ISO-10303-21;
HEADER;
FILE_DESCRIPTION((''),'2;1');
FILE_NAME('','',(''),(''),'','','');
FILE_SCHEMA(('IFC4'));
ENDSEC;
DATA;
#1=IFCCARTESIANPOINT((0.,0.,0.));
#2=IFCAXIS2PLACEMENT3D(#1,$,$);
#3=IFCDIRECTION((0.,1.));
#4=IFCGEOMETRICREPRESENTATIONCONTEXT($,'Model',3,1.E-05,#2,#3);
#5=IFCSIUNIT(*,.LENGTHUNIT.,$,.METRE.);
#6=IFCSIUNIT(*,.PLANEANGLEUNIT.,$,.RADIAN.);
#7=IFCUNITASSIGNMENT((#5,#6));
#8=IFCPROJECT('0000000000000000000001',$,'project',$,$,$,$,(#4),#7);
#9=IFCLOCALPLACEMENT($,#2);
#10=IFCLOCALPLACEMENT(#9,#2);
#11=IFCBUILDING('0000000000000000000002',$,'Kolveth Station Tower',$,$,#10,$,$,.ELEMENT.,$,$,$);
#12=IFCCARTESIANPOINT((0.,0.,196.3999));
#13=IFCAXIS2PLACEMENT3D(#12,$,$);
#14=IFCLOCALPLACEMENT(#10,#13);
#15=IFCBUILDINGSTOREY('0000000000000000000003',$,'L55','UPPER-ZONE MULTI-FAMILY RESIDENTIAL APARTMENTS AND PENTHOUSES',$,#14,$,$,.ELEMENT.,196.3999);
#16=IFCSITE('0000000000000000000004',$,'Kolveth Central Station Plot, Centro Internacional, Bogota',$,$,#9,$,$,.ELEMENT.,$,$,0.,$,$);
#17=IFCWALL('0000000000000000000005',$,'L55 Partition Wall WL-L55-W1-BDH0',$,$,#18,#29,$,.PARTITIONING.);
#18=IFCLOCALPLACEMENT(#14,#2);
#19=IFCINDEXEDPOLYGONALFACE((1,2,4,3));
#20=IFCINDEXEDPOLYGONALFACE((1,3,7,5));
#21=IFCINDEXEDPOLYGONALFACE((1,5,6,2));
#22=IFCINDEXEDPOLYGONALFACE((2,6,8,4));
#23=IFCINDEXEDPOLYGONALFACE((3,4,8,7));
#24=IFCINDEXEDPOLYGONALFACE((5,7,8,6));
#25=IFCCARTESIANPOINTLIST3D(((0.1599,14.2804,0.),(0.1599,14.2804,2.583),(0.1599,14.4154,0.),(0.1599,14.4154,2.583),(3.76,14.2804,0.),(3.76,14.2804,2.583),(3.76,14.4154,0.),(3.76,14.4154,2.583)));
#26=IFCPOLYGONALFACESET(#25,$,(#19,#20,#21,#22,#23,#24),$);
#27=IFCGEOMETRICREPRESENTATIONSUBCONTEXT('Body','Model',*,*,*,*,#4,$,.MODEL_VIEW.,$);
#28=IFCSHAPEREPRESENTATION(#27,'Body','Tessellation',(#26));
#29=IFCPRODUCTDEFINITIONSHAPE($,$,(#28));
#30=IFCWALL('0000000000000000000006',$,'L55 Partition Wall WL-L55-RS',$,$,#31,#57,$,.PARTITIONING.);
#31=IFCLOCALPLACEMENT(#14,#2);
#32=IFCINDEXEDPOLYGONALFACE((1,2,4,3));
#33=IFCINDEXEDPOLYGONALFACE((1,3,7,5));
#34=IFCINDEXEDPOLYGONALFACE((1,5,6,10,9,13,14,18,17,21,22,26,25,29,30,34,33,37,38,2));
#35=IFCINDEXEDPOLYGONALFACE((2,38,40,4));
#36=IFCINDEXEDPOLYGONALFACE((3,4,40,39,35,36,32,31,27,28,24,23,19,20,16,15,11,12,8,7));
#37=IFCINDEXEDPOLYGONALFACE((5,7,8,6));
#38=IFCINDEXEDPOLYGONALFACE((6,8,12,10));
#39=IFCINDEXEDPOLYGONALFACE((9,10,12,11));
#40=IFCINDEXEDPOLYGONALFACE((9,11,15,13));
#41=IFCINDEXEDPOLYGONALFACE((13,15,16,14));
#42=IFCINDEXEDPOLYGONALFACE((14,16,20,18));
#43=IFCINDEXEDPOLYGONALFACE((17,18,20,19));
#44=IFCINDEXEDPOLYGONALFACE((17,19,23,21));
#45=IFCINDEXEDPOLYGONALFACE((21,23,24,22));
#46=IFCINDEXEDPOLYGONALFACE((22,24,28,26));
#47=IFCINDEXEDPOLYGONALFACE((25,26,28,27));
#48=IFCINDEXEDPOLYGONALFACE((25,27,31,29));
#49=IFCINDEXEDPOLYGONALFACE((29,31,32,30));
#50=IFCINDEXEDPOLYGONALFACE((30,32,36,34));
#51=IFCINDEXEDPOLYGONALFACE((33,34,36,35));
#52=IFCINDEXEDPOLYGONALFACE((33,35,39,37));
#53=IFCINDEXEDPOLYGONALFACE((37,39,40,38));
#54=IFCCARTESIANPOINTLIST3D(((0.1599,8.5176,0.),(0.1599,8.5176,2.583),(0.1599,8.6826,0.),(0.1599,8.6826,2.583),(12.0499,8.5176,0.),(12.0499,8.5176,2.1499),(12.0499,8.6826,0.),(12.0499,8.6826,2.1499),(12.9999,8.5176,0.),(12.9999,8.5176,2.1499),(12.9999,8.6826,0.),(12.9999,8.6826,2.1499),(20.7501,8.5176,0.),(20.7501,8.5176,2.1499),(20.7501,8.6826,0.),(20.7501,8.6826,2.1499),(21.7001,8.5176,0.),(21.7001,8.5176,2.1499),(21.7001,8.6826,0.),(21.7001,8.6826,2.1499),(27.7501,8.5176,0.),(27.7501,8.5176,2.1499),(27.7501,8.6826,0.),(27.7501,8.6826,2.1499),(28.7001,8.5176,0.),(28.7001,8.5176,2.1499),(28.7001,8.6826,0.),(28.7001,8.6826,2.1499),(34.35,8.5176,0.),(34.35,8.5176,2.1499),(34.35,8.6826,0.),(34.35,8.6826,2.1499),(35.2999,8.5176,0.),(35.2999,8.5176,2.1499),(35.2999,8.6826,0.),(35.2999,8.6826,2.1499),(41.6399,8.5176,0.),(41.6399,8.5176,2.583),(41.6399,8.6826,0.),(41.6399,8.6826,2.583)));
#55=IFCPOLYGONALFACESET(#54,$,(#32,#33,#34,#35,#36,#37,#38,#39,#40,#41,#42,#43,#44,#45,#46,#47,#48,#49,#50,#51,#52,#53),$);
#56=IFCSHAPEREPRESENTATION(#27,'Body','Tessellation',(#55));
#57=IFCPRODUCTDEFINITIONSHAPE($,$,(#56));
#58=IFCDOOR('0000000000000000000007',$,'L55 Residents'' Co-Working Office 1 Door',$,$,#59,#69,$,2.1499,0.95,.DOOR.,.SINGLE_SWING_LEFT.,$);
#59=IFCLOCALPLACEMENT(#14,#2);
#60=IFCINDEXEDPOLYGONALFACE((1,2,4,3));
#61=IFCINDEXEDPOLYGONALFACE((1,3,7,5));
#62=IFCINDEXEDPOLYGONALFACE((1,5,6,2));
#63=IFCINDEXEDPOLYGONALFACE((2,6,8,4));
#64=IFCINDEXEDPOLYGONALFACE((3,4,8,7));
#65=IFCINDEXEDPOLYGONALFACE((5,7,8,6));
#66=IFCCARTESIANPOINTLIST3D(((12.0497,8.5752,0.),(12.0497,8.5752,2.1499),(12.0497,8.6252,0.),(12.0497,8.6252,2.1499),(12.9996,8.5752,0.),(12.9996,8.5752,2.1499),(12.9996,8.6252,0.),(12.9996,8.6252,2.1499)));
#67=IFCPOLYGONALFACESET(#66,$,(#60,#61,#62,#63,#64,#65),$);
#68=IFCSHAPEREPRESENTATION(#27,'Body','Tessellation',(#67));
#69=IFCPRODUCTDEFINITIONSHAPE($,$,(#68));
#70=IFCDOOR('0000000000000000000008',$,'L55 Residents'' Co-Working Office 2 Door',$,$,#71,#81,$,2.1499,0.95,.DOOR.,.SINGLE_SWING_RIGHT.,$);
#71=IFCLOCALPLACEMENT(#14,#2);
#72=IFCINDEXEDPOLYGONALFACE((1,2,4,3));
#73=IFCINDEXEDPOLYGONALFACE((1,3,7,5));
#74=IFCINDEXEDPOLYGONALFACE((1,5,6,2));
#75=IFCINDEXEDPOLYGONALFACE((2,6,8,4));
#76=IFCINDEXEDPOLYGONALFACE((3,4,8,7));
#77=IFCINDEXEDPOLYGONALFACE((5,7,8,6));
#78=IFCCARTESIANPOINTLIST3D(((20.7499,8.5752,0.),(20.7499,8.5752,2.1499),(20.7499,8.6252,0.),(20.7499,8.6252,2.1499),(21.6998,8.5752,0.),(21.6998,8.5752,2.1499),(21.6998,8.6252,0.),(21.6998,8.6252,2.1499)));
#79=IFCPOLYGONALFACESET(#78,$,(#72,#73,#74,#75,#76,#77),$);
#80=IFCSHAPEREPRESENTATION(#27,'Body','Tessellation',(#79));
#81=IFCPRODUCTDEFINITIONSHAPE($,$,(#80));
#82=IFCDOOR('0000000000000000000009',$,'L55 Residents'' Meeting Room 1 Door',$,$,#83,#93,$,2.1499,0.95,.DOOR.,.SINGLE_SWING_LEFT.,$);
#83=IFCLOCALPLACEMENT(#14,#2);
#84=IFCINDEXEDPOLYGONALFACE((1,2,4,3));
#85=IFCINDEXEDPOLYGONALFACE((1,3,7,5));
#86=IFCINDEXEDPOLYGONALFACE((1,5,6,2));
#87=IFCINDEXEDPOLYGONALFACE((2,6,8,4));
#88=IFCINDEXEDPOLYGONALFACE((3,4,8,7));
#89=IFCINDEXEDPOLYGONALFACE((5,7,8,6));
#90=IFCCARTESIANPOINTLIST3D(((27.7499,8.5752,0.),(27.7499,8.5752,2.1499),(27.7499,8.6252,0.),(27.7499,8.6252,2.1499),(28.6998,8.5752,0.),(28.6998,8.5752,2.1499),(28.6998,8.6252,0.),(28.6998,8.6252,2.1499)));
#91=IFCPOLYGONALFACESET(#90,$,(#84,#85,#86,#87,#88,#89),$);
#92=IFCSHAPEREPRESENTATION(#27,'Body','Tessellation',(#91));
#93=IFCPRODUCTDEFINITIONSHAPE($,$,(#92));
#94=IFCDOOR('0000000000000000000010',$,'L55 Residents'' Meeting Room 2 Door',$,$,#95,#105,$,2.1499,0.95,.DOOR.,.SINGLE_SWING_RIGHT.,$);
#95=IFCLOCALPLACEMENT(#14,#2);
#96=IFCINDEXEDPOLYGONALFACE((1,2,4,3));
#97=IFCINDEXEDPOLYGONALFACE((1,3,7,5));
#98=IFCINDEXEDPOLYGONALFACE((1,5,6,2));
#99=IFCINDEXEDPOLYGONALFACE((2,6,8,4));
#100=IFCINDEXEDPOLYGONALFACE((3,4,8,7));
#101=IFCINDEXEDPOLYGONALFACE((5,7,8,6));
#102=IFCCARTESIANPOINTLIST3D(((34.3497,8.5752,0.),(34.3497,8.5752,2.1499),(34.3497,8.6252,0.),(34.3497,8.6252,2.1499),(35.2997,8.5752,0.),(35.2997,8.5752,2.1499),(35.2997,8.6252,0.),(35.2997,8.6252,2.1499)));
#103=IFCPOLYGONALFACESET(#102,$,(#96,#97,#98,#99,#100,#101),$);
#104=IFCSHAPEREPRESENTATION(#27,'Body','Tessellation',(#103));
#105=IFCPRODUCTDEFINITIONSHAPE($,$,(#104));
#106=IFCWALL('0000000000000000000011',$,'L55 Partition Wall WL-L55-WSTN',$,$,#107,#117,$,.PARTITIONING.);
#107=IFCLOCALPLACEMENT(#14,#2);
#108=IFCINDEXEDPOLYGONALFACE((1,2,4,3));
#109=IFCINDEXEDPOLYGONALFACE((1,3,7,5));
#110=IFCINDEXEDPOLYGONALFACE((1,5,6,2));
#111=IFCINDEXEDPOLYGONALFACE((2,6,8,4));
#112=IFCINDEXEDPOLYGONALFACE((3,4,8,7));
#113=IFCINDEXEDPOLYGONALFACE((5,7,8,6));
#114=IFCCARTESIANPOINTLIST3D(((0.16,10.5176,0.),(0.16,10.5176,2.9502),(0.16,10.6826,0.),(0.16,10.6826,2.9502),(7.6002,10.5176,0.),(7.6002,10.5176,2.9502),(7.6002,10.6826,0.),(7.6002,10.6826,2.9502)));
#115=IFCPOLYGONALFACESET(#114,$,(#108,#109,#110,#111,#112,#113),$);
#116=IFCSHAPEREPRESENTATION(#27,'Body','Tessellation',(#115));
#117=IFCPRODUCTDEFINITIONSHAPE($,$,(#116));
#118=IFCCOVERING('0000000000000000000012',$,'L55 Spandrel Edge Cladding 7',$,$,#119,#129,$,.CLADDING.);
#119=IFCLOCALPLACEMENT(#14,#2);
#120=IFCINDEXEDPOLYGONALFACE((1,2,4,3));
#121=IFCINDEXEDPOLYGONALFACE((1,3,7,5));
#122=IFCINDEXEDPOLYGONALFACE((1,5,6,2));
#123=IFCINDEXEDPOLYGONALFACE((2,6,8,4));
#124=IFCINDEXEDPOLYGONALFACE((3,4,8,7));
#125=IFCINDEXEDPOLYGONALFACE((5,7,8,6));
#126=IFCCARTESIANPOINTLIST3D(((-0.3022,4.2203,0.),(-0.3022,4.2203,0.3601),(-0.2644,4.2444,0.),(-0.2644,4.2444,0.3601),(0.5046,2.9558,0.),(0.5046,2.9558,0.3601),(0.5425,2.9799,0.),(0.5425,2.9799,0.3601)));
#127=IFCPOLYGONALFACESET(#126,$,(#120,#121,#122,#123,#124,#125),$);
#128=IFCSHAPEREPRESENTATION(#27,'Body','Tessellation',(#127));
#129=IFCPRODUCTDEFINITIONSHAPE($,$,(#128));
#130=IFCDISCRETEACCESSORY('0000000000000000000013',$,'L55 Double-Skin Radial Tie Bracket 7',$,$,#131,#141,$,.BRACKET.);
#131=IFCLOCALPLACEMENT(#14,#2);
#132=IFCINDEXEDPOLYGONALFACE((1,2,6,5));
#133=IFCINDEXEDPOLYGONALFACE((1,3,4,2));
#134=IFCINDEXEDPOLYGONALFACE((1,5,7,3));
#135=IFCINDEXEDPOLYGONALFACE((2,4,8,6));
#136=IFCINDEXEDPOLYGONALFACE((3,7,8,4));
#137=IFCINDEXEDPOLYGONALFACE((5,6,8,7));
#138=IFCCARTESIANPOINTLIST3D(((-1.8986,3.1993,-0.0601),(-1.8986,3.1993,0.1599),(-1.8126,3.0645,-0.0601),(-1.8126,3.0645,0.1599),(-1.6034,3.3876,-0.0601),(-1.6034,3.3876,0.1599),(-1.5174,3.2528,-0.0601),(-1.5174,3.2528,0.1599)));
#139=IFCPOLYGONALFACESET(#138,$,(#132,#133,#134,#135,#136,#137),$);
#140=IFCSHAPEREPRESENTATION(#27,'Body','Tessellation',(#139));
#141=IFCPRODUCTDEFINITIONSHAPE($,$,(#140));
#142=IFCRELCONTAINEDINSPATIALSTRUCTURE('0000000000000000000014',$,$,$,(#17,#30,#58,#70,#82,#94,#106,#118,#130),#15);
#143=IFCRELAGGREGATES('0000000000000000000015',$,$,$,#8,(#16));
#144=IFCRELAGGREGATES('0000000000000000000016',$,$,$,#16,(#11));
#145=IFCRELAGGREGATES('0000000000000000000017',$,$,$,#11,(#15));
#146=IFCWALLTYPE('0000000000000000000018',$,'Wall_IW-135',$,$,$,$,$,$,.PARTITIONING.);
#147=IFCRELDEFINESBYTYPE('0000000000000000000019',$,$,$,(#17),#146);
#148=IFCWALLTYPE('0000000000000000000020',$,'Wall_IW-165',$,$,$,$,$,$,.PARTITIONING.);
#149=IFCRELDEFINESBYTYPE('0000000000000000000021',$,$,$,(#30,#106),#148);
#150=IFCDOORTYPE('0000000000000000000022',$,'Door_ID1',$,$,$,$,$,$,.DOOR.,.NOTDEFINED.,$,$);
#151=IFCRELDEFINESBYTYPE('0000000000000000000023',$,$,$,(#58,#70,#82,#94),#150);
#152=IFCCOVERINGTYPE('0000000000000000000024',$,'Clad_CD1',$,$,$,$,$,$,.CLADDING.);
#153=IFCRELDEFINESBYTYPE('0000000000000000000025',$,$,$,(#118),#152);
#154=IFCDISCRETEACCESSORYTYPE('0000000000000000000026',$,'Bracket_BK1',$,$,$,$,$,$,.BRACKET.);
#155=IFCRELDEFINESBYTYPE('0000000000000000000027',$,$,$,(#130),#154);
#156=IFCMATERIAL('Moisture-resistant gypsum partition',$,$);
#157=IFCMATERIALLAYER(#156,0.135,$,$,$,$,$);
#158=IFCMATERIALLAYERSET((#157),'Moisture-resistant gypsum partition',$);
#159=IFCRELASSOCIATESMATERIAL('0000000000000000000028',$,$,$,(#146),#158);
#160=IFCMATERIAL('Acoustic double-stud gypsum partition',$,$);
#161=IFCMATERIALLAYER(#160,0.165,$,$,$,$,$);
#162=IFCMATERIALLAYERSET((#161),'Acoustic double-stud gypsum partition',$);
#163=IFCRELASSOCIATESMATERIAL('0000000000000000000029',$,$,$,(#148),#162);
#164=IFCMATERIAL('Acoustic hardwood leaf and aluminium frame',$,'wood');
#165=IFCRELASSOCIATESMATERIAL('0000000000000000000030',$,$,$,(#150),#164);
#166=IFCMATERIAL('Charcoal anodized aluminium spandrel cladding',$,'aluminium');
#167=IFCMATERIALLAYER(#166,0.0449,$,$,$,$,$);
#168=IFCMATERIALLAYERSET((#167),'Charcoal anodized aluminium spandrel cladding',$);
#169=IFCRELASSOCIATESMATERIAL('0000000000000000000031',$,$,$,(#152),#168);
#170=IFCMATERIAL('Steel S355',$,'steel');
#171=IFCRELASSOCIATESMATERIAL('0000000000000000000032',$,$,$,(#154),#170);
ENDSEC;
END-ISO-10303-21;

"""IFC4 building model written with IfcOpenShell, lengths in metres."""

from ifc_helpers import new_model, si_unit, direction, frame, frame_2d, origin, origin_2d, place, context, subcontext, project, spatial, rectangle, extrude, source, transform, mapped, material, layer, layer_set, type_object, element, fill, save


model = new_model("IFC4")

# Units and contexts
model_context = context("Model", 3, precision=1e-05, world=origin(), true_north=direction((0.0, 1.0)))
body_context = subcontext(model_context, "Body", "Model", "MODEL_VIEW")
ifc_project = project(units=[si_unit("LENGTHUNIT", "METRE"), si_unit("PLANEANGLEUNIT", "RADIAN")], contexts=[model_context])

# Site, building, storey
site_placement = place(None, origin())
site = spatial("IfcSite", under=ifc_project, at=site_placement, Name="Kolveth Central Station Plot, Centro Internacional, Bogota", CompositionType="ELEMENT", RefElevation=0.0)
building_placement = place(site_placement, origin())
building = spatial("IfcBuilding", under=site, at=building_placement, Name="Kolveth Station Tower", CompositionType="ELEMENT")
storey_placement = place(building_placement, frame((0.0, 0.0, 196.3999)))
storey = spatial("IfcBuildingStorey", under=building, at=storey_placement, Name="L55", Description="UPPER-ZONE MULTI-FAMILY RESIDENTIAL APARTMENTS AND PENTHOUSES", CompositionType="ELEMENT", Elevation=196.3999)

# Shared definitions
ifc_material_1 = material(Name="Steel S355", Category="steel")

# Wall
ifc_material_2 = material(Name="Moisture-resistant gypsum partition")
ifc_layer_1 = layer(ifc_material_2, 0.135)
ifc_layer_set_1 = layer_set([ifc_layer_1], Name="Moisture-resistant gypsum partition")
wall_type_1 = type_object("IfcWallType", Name="Wall_IW-135", PredefinedType="PARTITIONING", material=ifc_layer_set_1)
wall_1_placement = place(storey_placement, frame((0.1599, 14.3479, 0.0), z_axis=(0.0, 0.0, 1.0), x_axis=(1.0, 0.0, 0.0)))
element("IfcWall", 1, at=wall_1_placement, inside=storey, type_object=wall_type_1, Name="L55 Partition Wall WL-L55-W1-BDH0", PredefinedType="PARTITIONING", context=body_context, shape_type="SweptSolid", body=[
    extrude(rectangle(XDim=3.6001, YDim=0.135, at=frame_2d((1.8, 0.0))), origin(), (0.0, 0.0, 1.0), 2.583),
])

# Wall, openings, doors
ifc_material_3 = material(Name="Acoustic double-stud gypsum partition")
ifc_layer_2 = layer(ifc_material_3, 0.165)
ifc_layer_set_2 = layer_set([ifc_layer_2], Name="Acoustic double-stud gypsum partition")
wall_type_2 = type_object("IfcWallType", Name="Wall_IW-165", PredefinedType="PARTITIONING", material=ifc_layer_set_2)
wall_2_placement = place(storey_placement, frame((0.1599, 8.6001, 0.0), z_axis=(0.0, 0.0, 1.0), x_axis=(1.0, 0.0, 0.0)))
wall_2 = element("IfcWall", 2, at=wall_2_placement, inside=storey, type_object=wall_type_2, Name="L55 Partition Wall WL-L55-RS", PredefinedType="PARTITIONING", context=body_context, shape_type="SweptSolid", body=[
    extrude(rectangle(XDim=41.48, YDim=0.165, at=frame_2d((20.74, 0.0))), origin(), (0.0, 0.0, 1.0), 2.583),
])
opening_1_placement = place(wall_2_placement, frame((11.8899, 0.0, 0.0)))
opening_1 = element("IfcOpeningElement", 3, at=opening_1_placement, cuts=wall_2, PredefinedType="OPENING", context=body_context, shape_type="SweptSolid", body=[
    extrude(rectangle(XDim=0.95, YDim=2.1499, at=frame_2d((0.4751, 1.075))), frame((0.0, 0.0925, 0.0), z_axis=(0.0, -1.0, 0.0), x_axis=(1.0, 0.0, 0.0)), (0.0, 0.0, 1.0), 0.1851),
])
opening_2_placement = place(wall_2_placement, frame((20.5901, 0.0, 0.0)))
opening_2 = element("IfcOpeningElement", 4, at=opening_2_placement, cuts=wall_2, PredefinedType="OPENING", context=body_context, shape_type="SweptSolid", body=[
    extrude(rectangle(XDim=0.95, YDim=2.1499, at=frame_2d((0.4751, 1.075))), frame((0.0, 0.0925, 0.0), z_axis=(0.0, -1.0, 0.0), x_axis=(1.0, 0.0, 0.0)), (0.0, 0.0, 1.0), 0.1851),
])
opening_3_placement = place(wall_2_placement, frame((27.5901, 0.0, 0.0)))
opening_3 = element("IfcOpeningElement", 5, at=opening_3_placement, cuts=wall_2, PredefinedType="OPENING", context=body_context, shape_type="SweptSolid", body=[
    extrude(rectangle(XDim=0.95, YDim=2.1499, at=frame_2d((0.4751, 1.075))), frame((0.0, 0.0925, 0.0), z_axis=(0.0, -1.0, 0.0), x_axis=(1.0, 0.0, 0.0)), (0.0, 0.0, 1.0), 0.1851),
])
opening_4_placement = place(wall_2_placement, frame((34.1899, 0.0, 0.0)))
opening_4 = element("IfcOpeningElement", 6, at=opening_4_placement, cuts=wall_2, PredefinedType="OPENING", context=body_context, shape_type="SweptSolid", body=[
    extrude(rectangle(XDim=0.95, YDim=2.1499, at=frame_2d((0.4751, 1.075))), frame((0.0, 0.0925, 0.0), z_axis=(0.0, -1.0, 0.0), x_axis=(1.0, 0.0, 0.0)), (0.0, 0.0, 1.0), 0.1851),
])
ifc_material_4 = material(Name="Acoustic hardwood leaf and aluminium frame", Category="wood")
door_type = type_object("IfcDoorType", Name="Door_ID1", OperationType="NOTDEFINED", PredefinedType="DOOR", material=ifc_material_4)
door_1_placement = place(opening_1_placement, frame((0.95, 0.0, 0.0), z_axis=(0.0, 0.0, 1.0), x_axis=(-1.0, 0.0, 0.0)))
door_1 = element("IfcDoor", 7, at=door_1_placement, inside=storey, type_object=door_type, Name="L55 Residents' Co-Working Office 1 Door", OperationType="SINGLE_SWING_LEFT", OverallHeight=2.1499, OverallWidth=0.95, PredefinedType="DOOR", context=body_context, shape_type="SweptSolid", body=[
    extrude(rectangle(XDim=0.95, YDim=2.1499, at=frame_2d((0.4751, 1.075))), frame((0.0, 0.0249, 0.0), z_axis=(0.0, -1.0, 0.0), x_axis=(1.0, 0.0, 0.0)), (0.0, 0.0, 1.0), 0.05),
])
fill(opening_1, door_1)
door_2_placement = place(opening_2_placement, frame((0.95, 0.0, 0.0), z_axis=(0.0, 0.0, 1.0), x_axis=(-1.0, 0.0, 0.0)))
door_2 = element("IfcDoor", 8, at=door_2_placement, inside=storey, type_object=door_type, Name="L55 Residents' Co-Working Office 2 Door", OperationType="SINGLE_SWING_RIGHT", OverallHeight=2.1499, OverallWidth=0.95, PredefinedType="DOOR", context=body_context, shape_type="SweptSolid", body=[
    extrude(rectangle(XDim=0.95, YDim=2.1499, at=frame_2d((0.4751, 1.075))), frame((0.0, 0.0249, 0.0), z_axis=(0.0, -1.0, 0.0), x_axis=(1.0, 0.0, 0.0)), (0.0, 0.0, 1.0), 0.05),
])
fill(opening_2, door_2)
door_3_placement = place(opening_3_placement, frame((0.95, 0.0, 0.0), z_axis=(0.0, 0.0, 1.0), x_axis=(-1.0, 0.0, 0.0)))
door_3 = element("IfcDoor", 9, at=door_3_placement, inside=storey, type_object=door_type, Name="L55 Residents' Meeting Room 1 Door", OperationType="SINGLE_SWING_LEFT", OverallHeight=2.1499, OverallWidth=0.95, PredefinedType="DOOR", context=body_context, shape_type="SweptSolid", body=[
    extrude(rectangle(XDim=0.95, YDim=2.1499, at=frame_2d((0.4751, 1.075))), frame((0.0, 0.0249, 0.0), z_axis=(0.0, -1.0, 0.0), x_axis=(1.0, 0.0, 0.0)), (0.0, 0.0, 1.0), 0.05),
])
fill(opening_3, door_3)
door_4_placement = place(opening_4_placement, frame((0.95, 0.0, 0.0), z_axis=(0.0, 0.0, 1.0), x_axis=(-1.0, 0.0, 0.0)))
door_4 = element("IfcDoor", 10, at=door_4_placement, inside=storey, type_object=door_type, Name="L55 Residents' Meeting Room 2 Door", OperationType="SINGLE_SWING_RIGHT", OverallHeight=2.1499, OverallWidth=0.95, PredefinedType="DOOR", context=body_context, shape_type="SweptSolid", body=[
    extrude(rectangle(XDim=0.95, YDim=2.1499, at=frame_2d((0.4751, 1.075))), frame((0.0, 0.0249, 0.0), z_axis=(0.0, -1.0, 0.0), x_axis=(1.0, 0.0, 0.0)), (0.0, 0.0, 1.0), 0.05),
])
fill(opening_4, door_4)

# Wall
wall_3_placement = place(storey_placement, frame((0.1599, 10.6001, 0.0), z_axis=(0.0, 0.0, 1.0), x_axis=(1.0, 0.0, 0.0)))
element("IfcWall", 11, at=wall_3_placement, inside=storey, type_object=wall_type_2, Name="L55 Partition Wall WL-L55-WSTN", PredefinedType="PARTITIONING", context=body_context, shape_type="SweptSolid", body=[
    extrude(rectangle(XDim=7.4402, YDim=0.165, at=frame_2d((3.7202, 0.0))), origin(), (0.0, 0.0, 1.0), 2.9502),
])

# Covering
ifc_material_5 = material(Name="Charcoal anodized aluminium spandrel cladding", Category="aluminium")
ifc_layer_3 = layer(ifc_material_5, 0.0449)
ifc_layer_set_3 = layer_set([ifc_layer_3], Name="Charcoal anodized aluminium spandrel cladding")
covering_type = type_object("IfcCoveringType", Name="Clad_CD1", PredefinedType="CLADDING", material=ifc_layer_set_3)
shared_shape_1 = source(origin(), body_context, "Body", "SweptSolid", [
    extrude(rectangle(XDim=1.5, YDim=0.0449, at=origin_2d()), origin(), (0.0, 0.0, 1.0), 0.3601),
])
covering_placement = place(storey_placement, frame((0.1201, 3.6001, 0.0), z_axis=(0.0, 0.0, 1.0), x_axis=(0.537888, -0.843016, 0.0)))
element("IfcCovering", 12, at=covering_placement, inside=storey, type_object=covering_type, Name="L55 Spandrel Edge Cladding 7", PredefinedType="CLADDING", context=body_context, shape_type="MappedRepresentation", body=[
    mapped(shared_shape_1, transform((0.0, 0.0, 0.0), x_axis=(1.0, 0.0, 0.0), y_axis=(0.0, 1.0, 0.0), z_axis=(0.0, 0.0, 1.0), scale=1.0)),
])

# Discrete accessory
discrete_accessory_type = type_object("IfcDiscreteAccessoryType", Name="Bracket_BK1", PredefinedType="BRACKET", material=ifc_material_1)
shared_shape_2 = source(origin(), body_context, "Body", "SweptSolid", [
    extrude(rectangle(XDim=0.3501, YDim=0.1599, at=origin_2d()), origin(), (0.0, 0.0, 1.0), 0.22),
])
discrete_accessory_placement = place(storey_placement, frame((-1.708, 3.2261, -0.0601), z_axis=(0.0, 0.0, 1.0), x_axis=(-0.843016, -0.537888, 0.0)))
element("IfcDiscreteAccessory", 13, at=discrete_accessory_placement, inside=storey, type_object=discrete_accessory_type, Name="L55 Double-Skin Radial Tie Bracket 7", PredefinedType="BRACKET", context=body_context, shape_type="MappedRepresentation", body=[
    mapped(shared_shape_2, transform((0.0, 0.0, 0.0), x_axis=(1.0, 0.0, 0.0), y_axis=(0.0, 1.0, 0.0), z_axis=(0.0, 0.0, 1.0), scale=1.0)),
])

save(model, "model.ifc")
